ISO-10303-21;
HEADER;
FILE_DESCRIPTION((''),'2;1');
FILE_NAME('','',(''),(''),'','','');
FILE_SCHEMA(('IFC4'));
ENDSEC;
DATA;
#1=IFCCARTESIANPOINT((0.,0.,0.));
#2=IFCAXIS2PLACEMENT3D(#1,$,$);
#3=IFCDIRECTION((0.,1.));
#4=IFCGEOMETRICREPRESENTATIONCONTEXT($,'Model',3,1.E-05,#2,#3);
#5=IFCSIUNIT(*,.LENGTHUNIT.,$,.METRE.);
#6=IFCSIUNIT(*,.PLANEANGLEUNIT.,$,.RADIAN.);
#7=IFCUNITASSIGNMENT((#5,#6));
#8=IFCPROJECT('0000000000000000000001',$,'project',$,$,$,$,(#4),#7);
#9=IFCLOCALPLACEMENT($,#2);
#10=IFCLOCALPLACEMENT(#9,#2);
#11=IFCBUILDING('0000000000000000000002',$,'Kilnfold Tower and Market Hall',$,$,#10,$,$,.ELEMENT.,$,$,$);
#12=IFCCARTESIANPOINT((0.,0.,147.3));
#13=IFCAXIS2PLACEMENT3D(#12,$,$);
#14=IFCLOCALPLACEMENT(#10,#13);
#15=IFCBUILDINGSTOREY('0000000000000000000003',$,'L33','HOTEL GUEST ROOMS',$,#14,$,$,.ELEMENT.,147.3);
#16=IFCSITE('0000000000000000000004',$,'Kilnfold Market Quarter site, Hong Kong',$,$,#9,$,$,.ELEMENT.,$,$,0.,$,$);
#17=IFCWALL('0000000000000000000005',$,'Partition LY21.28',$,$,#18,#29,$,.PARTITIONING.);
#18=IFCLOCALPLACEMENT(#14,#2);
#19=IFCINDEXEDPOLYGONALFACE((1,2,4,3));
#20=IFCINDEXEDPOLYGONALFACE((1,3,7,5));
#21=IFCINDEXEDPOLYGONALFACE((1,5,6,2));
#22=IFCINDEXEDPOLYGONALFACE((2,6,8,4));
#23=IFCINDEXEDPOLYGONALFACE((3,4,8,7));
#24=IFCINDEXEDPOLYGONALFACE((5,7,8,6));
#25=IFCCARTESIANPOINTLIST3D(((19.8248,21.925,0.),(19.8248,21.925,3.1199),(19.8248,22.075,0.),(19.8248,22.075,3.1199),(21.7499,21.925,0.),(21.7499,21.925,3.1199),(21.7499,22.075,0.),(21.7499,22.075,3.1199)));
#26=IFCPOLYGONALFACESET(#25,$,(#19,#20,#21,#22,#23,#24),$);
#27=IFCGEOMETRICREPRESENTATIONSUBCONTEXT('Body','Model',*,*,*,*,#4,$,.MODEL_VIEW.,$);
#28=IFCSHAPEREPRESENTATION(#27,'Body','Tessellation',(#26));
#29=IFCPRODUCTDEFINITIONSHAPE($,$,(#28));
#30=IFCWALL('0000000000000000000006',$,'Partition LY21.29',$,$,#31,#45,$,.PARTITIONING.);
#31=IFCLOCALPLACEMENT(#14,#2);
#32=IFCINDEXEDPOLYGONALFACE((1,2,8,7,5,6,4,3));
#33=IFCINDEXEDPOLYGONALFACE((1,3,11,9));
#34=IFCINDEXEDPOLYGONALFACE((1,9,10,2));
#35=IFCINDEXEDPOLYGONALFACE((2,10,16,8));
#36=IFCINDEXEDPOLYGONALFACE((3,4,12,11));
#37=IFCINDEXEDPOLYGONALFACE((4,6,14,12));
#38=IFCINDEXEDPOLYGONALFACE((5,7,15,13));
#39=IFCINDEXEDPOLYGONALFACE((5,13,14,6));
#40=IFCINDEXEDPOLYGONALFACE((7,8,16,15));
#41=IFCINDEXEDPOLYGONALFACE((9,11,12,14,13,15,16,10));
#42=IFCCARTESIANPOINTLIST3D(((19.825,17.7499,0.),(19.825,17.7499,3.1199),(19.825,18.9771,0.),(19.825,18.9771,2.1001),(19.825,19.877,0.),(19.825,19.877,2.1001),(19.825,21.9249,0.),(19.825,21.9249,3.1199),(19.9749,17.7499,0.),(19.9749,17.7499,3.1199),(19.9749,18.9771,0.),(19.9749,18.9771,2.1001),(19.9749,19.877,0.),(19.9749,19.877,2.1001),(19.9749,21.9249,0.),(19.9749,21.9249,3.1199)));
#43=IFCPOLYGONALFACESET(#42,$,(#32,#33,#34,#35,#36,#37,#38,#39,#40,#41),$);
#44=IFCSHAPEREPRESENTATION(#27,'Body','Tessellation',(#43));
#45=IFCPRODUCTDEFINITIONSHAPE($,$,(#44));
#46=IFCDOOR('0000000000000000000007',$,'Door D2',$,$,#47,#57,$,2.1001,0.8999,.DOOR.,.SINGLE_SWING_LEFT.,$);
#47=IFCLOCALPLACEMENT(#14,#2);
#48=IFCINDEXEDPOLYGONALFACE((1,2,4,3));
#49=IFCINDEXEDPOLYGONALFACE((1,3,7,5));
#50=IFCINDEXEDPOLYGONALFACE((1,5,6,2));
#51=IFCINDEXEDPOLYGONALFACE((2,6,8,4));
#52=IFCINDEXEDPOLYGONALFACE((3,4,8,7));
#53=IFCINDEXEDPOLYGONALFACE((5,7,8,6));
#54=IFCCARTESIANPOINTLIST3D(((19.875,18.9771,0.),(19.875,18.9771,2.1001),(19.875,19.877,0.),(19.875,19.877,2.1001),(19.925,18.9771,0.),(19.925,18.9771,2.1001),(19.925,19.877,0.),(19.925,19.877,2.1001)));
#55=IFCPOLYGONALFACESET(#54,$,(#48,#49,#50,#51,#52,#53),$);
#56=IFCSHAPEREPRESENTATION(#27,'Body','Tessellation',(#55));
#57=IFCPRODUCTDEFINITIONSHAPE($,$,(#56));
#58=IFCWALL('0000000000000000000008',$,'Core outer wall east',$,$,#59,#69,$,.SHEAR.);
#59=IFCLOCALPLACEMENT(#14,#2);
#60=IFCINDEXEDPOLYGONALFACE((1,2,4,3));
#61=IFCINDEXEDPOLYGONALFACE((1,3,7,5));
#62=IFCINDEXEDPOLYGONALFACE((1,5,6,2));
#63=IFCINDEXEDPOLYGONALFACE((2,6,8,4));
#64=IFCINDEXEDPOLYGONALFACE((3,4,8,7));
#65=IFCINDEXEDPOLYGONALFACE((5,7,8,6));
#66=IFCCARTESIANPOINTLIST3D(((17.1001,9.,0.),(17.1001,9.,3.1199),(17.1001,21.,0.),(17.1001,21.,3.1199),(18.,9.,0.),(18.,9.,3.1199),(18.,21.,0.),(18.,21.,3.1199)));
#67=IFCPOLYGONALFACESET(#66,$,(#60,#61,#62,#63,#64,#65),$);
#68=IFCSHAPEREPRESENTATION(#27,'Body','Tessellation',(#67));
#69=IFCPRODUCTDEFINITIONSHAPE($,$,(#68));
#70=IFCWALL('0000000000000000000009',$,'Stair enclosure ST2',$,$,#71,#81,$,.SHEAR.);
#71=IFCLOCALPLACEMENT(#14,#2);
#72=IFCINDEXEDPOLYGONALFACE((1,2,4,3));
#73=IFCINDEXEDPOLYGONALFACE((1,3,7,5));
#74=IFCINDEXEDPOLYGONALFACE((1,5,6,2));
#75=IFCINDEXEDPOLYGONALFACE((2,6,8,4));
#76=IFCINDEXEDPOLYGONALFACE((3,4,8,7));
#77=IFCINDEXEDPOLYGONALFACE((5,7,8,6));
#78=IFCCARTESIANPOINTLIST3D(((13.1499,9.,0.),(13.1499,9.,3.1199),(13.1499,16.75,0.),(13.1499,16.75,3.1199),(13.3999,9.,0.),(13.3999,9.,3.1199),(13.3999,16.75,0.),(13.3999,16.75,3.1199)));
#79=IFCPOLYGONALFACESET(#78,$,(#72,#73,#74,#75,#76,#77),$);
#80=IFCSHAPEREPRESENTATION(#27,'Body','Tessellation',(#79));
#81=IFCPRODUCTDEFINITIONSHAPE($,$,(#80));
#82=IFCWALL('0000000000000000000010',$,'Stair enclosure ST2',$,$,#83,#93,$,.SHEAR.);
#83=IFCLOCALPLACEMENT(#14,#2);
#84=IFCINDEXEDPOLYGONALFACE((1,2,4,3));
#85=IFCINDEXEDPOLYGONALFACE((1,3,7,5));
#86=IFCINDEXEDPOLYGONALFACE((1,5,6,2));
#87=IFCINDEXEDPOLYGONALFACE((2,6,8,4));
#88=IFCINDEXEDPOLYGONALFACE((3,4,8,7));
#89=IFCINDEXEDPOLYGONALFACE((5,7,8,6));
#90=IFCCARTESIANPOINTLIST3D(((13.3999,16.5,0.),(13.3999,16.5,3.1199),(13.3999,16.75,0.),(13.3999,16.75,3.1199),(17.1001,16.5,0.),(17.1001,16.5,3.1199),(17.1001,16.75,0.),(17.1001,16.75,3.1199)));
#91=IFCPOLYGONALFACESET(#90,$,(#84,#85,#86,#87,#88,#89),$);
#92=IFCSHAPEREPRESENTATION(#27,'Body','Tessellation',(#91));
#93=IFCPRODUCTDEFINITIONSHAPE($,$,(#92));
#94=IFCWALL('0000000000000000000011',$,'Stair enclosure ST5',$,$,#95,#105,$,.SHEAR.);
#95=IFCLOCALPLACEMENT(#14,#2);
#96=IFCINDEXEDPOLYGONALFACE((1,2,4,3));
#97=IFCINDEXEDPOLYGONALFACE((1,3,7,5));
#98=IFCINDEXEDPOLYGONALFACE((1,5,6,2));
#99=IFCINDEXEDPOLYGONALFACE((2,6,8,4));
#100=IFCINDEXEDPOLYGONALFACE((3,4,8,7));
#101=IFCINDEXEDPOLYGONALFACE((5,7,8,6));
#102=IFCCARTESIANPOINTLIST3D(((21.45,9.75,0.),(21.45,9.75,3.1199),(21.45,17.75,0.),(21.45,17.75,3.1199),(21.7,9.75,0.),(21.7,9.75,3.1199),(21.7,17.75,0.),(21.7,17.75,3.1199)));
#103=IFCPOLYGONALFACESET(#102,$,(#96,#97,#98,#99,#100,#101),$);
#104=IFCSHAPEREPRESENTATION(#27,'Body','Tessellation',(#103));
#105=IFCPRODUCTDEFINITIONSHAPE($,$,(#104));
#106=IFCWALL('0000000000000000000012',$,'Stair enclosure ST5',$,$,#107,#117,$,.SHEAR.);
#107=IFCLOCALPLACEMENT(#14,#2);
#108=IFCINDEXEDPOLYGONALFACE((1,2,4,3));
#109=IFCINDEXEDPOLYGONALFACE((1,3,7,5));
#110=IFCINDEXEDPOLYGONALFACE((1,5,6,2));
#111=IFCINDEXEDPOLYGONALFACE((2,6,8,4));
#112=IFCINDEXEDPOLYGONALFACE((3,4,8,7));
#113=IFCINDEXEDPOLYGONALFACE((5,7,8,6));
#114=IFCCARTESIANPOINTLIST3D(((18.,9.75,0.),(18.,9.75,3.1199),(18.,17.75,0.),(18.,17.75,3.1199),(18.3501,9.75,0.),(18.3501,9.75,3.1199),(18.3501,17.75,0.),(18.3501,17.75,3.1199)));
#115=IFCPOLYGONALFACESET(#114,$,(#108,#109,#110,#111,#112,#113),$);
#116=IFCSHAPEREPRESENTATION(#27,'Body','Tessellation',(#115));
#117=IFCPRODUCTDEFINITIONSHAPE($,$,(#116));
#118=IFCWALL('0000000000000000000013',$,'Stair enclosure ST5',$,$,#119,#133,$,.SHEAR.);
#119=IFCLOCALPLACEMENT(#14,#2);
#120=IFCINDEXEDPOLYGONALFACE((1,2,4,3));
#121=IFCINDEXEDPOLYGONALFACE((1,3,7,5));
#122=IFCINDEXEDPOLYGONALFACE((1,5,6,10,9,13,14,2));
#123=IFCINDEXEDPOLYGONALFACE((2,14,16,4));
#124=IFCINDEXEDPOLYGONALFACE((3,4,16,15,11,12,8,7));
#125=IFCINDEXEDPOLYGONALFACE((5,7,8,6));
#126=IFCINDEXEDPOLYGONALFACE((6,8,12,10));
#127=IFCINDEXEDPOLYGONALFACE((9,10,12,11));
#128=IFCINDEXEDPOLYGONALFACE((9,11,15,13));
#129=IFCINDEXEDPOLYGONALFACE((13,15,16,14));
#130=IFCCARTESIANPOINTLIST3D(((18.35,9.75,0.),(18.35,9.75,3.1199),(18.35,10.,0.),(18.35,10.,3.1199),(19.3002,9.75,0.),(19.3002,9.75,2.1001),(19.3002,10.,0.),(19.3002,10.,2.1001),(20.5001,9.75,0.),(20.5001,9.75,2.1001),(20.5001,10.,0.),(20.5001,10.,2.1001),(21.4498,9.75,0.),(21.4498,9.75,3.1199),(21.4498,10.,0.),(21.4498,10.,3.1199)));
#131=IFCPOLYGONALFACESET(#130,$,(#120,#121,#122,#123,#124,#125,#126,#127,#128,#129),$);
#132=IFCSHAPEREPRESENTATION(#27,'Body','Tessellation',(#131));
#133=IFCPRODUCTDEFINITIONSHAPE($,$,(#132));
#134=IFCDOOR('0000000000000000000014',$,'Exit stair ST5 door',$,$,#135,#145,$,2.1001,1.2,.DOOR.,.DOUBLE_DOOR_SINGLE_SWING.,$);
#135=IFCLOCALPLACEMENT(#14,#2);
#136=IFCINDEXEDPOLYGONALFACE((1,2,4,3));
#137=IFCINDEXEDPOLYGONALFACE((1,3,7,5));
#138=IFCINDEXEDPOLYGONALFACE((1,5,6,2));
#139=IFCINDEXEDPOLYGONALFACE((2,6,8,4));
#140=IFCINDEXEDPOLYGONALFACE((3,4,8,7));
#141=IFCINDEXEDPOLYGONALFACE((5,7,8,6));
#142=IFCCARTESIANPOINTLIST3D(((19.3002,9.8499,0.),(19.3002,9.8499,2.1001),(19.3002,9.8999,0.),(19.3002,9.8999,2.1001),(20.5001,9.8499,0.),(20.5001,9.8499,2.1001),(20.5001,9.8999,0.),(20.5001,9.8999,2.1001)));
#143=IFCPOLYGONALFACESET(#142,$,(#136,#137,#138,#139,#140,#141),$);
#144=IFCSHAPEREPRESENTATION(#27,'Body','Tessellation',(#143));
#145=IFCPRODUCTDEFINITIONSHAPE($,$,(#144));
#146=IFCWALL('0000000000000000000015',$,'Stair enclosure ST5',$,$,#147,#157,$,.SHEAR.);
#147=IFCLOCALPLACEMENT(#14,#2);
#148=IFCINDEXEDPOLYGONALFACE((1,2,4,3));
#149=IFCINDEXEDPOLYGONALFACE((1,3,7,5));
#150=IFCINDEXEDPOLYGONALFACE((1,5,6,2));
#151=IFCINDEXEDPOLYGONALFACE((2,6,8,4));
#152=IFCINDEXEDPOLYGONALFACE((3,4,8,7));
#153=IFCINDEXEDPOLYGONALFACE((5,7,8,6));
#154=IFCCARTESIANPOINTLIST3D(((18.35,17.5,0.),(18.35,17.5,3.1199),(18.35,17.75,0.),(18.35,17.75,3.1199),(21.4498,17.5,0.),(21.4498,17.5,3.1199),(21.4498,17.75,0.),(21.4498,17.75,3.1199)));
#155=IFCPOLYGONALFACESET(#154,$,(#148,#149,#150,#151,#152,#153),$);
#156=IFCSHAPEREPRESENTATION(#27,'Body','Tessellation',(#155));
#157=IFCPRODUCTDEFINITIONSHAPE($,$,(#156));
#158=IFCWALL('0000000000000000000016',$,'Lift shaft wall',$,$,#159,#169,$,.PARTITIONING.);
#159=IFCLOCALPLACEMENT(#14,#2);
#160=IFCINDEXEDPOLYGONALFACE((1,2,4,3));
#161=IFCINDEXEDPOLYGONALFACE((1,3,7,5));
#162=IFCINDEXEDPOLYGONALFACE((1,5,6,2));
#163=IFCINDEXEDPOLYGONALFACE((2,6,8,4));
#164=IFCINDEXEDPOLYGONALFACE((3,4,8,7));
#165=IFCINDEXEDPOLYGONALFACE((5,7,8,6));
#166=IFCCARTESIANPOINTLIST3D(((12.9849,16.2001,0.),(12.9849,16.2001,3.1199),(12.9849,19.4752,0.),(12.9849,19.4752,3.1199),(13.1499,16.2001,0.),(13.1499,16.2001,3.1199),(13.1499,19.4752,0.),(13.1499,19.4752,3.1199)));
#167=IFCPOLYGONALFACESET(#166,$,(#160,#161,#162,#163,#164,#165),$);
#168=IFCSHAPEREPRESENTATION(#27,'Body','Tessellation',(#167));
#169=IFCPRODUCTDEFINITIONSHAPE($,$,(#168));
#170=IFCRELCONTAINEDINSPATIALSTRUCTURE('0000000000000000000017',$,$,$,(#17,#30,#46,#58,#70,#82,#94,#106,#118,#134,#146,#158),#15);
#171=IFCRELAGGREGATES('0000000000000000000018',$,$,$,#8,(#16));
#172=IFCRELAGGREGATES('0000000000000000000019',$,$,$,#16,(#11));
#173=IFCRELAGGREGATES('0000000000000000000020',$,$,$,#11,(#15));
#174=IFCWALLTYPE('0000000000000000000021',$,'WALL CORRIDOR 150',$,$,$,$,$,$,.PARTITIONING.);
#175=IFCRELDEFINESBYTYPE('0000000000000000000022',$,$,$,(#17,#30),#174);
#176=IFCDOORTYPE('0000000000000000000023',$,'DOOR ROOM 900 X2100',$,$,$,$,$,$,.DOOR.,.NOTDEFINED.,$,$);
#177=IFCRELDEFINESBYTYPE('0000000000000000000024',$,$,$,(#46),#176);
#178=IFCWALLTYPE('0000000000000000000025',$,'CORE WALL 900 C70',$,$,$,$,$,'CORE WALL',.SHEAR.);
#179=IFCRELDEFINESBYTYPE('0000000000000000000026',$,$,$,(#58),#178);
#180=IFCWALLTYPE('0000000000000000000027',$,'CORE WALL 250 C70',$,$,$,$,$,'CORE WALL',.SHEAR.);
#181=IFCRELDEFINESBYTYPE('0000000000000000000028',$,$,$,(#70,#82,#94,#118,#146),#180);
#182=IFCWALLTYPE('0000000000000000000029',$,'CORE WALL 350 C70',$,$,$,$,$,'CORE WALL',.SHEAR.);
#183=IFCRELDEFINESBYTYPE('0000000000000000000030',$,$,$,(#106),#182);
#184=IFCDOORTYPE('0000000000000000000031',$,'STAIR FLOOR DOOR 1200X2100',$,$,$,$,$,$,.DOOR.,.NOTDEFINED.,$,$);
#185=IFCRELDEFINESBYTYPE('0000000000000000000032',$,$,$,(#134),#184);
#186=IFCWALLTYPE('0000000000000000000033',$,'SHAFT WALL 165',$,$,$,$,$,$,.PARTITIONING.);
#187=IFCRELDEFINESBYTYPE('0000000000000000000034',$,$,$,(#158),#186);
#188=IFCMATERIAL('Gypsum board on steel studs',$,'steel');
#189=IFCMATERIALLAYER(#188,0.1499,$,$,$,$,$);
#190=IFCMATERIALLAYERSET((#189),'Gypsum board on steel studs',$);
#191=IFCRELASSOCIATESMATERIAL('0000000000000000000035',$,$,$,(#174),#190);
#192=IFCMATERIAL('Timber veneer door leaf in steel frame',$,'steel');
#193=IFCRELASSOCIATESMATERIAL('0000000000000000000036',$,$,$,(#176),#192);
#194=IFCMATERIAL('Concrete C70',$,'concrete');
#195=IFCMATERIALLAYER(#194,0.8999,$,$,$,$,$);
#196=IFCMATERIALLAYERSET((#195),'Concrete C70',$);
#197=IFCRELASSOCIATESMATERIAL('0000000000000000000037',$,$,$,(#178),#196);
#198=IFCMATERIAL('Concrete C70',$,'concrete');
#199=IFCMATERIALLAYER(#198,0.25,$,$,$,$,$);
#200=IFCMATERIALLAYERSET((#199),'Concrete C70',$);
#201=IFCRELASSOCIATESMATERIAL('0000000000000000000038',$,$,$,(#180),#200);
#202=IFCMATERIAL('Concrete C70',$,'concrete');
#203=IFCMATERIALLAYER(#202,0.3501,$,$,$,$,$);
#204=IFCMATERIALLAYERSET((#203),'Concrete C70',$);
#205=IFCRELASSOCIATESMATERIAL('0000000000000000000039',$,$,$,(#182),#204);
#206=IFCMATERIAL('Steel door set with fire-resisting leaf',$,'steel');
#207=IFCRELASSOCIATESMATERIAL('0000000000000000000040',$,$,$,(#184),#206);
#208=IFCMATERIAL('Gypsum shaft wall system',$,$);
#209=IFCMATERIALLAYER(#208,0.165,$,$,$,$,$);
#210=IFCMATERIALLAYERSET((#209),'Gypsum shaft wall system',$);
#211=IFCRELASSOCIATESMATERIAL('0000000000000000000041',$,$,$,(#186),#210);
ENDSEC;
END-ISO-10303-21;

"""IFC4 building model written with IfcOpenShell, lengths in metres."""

from ifc_helpers import new_model, si_unit, direction, frame, frame_2d, origin, place, context, subcontext, project, spatial, rectangle, extrude, source, transform, mapped, material, layer, layer_set, type_object, element, fill, save


model = new_model("IFC4")

# Units and contexts
model_context = context("Model", 3, precision=1e-05, world=origin(), true_north=direction((0.0, 1.0)))
body_context = subcontext(model_context, "Body", "Model", "MODEL_VIEW")
ifc_project = project(units=[si_unit("LENGTHUNIT", "METRE"), si_unit("PLANEANGLEUNIT", "RADIAN")], contexts=[model_context])

# Site, building, storey
site_placement = place(None, origin())
site = spatial("IfcSite", under=ifc_project, at=site_placement, Name="Kilnfold Market Quarter site, Hong Kong", CompositionType="ELEMENT", RefElevation=0.0)
building_placement = place(site_placement, origin())
building = spatial("IfcBuilding", under=site, at=building_placement, Name="Kilnfold Tower and Market Hall", CompositionType="ELEMENT")
storey_placement = place(building_placement, frame((0.0, 0.0, 147.3)))
storey = spatial("IfcBuildingStorey", under=building, at=storey_placement, Name="L33", Description="HOTEL GUEST ROOMS", CompositionType="ELEMENT", Elevation=147.3)

# Wall
ifc_material_1 = material(Name="Gypsum board on steel studs", Category="steel")
ifc_layer_1 = layer(ifc_material_1, 0.1499)
ifc_layer_set_1 = layer_set([ifc_layer_1], Name="Gypsum board on steel studs")
wall_type_1 = type_object("IfcWallType", Name="WALL CORRIDOR 150", PredefinedType="PARTITIONING", material=ifc_layer_set_1)
wall_1_placement = place(storey_placement, frame((19.825, 22.0, 0.0), z_axis=(0.0, 0.0, 1.0), x_axis=(1.0, 0.0, 0.0)))
element("IfcWall", 1, at=wall_1_placement, inside=storey, type_object=wall_type_1, Name="Partition LY21.28", PredefinedType="PARTITIONING", context=body_context, shape_type="SweptSolid", body=[
    extrude(rectangle(XDim=1.925, YDim=0.1499, at=frame_2d((0.9624, 0.0))), origin(), (0.0, 0.0, 1.0), 3.1199),
])

# Wall, opening, door
wall_2_placement = place(storey_placement, frame((19.8999, 17.75, 0.0), z_axis=(0.0, 0.0, 1.0), x_axis=(0.0, 1.0, 0.0)))
wall_2 = element("IfcWall", 2, at=wall_2_placement, inside=storey, type_object=wall_type_1, Name="Partition LY21.29", PredefinedType="PARTITIONING", context=body_context, shape_type="SweptSolid", body=[
    extrude(rectangle(XDim=4.175, YDim=0.1499, at=frame_2d((2.0874, 0.0))), origin(), (0.0, 0.0, 1.0), 3.1199),
])
opening_1_placement = place(wall_2_placement, frame((1.2271, 0.0, 0.0)))
opening_1 = element("IfcOpeningElement", 3, at=opening_1_placement, cuts=wall_2, PredefinedType="OPENING", context=body_context, shape_type="SweptSolid", body=[
    extrude(rectangle(XDim=0.8999, YDim=2.1001, at=frame_2d((0.45, 1.05))), frame((0.0, 0.085, 0.0), z_axis=(0.0, -1.0, 0.0), x_axis=(1.0, 0.0, 0.0)), (0.0, 0.0, 1.0), 0.1699),
])
ifc_material_2 = material(Name="Timber veneer door leaf in steel frame", Category="steel")
door_type_1 = type_object("IfcDoorType", Name="DOOR ROOM 900 X2100", OperationType="NOTDEFINED", PredefinedType="DOOR", material=ifc_material_2)
door_1_placement = place(opening_1_placement, origin())
door_1 = element("IfcDoor", 4, at=door_1_placement, inside=storey, type_object=door_type_1, Name="Door D2", OperationType="SINGLE_SWING_LEFT", OverallHeight=2.1001, OverallWidth=0.8999, PredefinedType="DOOR", context=body_context, shape_type="SweptSolid", body=[
    extrude(rectangle(XDim=0.8999, YDim=2.1001, at=frame_2d((0.45, 1.05))), frame((0.0, 0.0249, 0.0), z_axis=(0.0, -1.0, 0.0), x_axis=(1.0, 0.0, 0.0)), (0.0, 0.0, 1.0), 0.05),
])
fill(opening_1, door_1)

# Walls
ifc_material_3 = material(Name="Concrete C70", Category="concrete")
ifc_layer_2 = layer(ifc_material_3, 0.8999)
ifc_layer_set_2 = layer_set([ifc_layer_2], Name="Concrete C70")
wall_type_2 = type_object("IfcWallType", Name="CORE WALL 900 C70", ElementType="CORE WALL", PredefinedType="SHEAR", material=ifc_layer_set_2)
shared_shape_1 = source(origin(), body_context, "Body", "SweptSolid", [
    extrude(rectangle(XDim=12.0, YDim=0.8999, at=frame_2d((6.0, 0.0))), origin(), (0.0, 0.0, 1.0), 3.1199),
])
wall_3_placement = place(storey_placement, frame((17.55, 9.0, 0.0), z_axis=(0.0, 0.0, 1.0), x_axis=(0.0, 1.0, 0.0)))
element("IfcWall", 5, at=wall_3_placement, inside=storey, type_object=wall_type_2, Name="Core outer wall east", PredefinedType="SHEAR", context=body_context, shape_type="MappedRepresentation", body=[
    mapped(shared_shape_1, transform((0.0, 0.0, 0.0))),
])
ifc_material_4 = material(Name="Concrete C70", Category="concrete")
ifc_layer_3 = layer(ifc_material_4, 0.25)
ifc_layer_set_3 = layer_set([ifc_layer_3], Name="Concrete C70")
wall_type_3 = type_object("IfcWallType", Name="CORE WALL 250 C70", ElementType="CORE WALL", PredefinedType="SHEAR", material=ifc_layer_set_3)
shared_shape_2 = source(origin(), body_context, "Body", "SweptSolid", [
    extrude(rectangle(XDim=7.75, YDim=0.25, at=frame_2d((3.875, 0.0))), origin(), (0.0, 0.0, 1.0), 3.1199),
])
wall_4_placement = place(storey_placement, frame((13.2749, 9.0, 0.0), z_axis=(0.0, 0.0, 1.0), x_axis=(0.0, 1.0, 0.0)))
element("IfcWall", 6, at=wall_4_placement, inside=storey, type_object=wall_type_3, Name="Stair enclosure ST2", PredefinedType="SHEAR", context=body_context, shape_type="MappedRepresentation", body=[
    mapped(shared_shape_2, transform((0.0, 0.0, 0.0))),
])
shared_shape_3 = source(origin(), body_context, "Body", "SweptSolid", [
    extrude(rectangle(XDim=3.7002, YDim=0.25, at=frame_2d((1.8501, 0.0))), origin(), (0.0, 0.0, 1.0), 3.1199),
])
wall_5_placement = place(storey_placement, frame((13.3999, 16.625, 0.0), z_axis=(0.0, 0.0, 1.0), x_axis=(1.0, 0.0, 0.0)))
element("IfcWall", 7, at=wall_5_placement, inside=storey, type_object=wall_type_3, Name="Stair enclosure ST2", PredefinedType="SHEAR", context=body_context, shape_type="MappedRepresentation", body=[
    mapped(shared_shape_3, transform((0.0, 0.0, 0.0))),
])
shared_shape_4 = source(origin(), body_context, "Body", "SweptSolid", [
    extrude(rectangle(XDim=8.0, YDim=0.25, at=frame_2d((4.0, 0.0))), origin(), (0.0, 0.0, 1.0), 3.1199),
])
wall_6_placement = place(storey_placement, frame((21.575, 9.75, 0.0), z_axis=(0.0, 0.0, 1.0), x_axis=(0.0, 1.0, 0.0)))
element("IfcWall", 8, at=wall_6_placement, inside=storey, type_object=wall_type_3, Name="Stair enclosure ST5", PredefinedType="SHEAR", context=body_context, shape_type="MappedRepresentation", body=[
    mapped(shared_shape_4, transform((0.0, 0.0, 0.0))),
])
ifc_material_5 = material(Name="Concrete C70", Category="concrete")
ifc_layer_4 = layer(ifc_material_5, 0.3501)
ifc_layer_set_4 = layer_set([ifc_layer_4], Name="Concrete C70")
wall_type_4 = type_object("IfcWallType", Name="CORE WALL 350 C70", ElementType="CORE WALL", PredefinedType="SHEAR", material=ifc_layer_set_4)
shared_shape_5 = source(origin(), body_context, "Body", "SweptSolid", [
    extrude(rectangle(XDim=8.0, YDim=0.3501, at=frame_2d((4.0, 0.0))), origin(), (0.0, 0.0, 1.0), 3.1199),
])
wall_7_placement = place(storey_placement, frame((18.175, 9.75, 0.0), z_axis=(0.0, 0.0, 1.0), x_axis=(0.0, 1.0, 0.0)))
element("IfcWall", 9, at=wall_7_placement, inside=storey, type_object=wall_type_4, Name="Stair enclosure ST5", PredefinedType="SHEAR", context=body_context, shape_type="MappedRepresentation", body=[
    mapped(shared_shape_5, transform((0.0, 0.0, 0.0))),
])

# Wall, opening, door
shared_shape_6 = source(origin(), body_context, "Body", "SweptSolid", [
    extrude(rectangle(XDim=3.0999, YDim=0.25, at=frame_2d((1.5498, 0.0))), origin(), (0.0, 0.0, 1.0), 3.1199),
])
wall_8_placement = place(storey_placement, frame((18.3501, 9.875, 0.0), z_axis=(0.0, 0.0, 1.0), x_axis=(1.0, 0.0, 0.0)))
wall_8 = element("IfcWall", 10, at=wall_8_placement, inside=storey, type_object=wall_type_3, Name="Stair enclosure ST5", PredefinedType="SHEAR", context=body_context, shape_type="MappedRepresentation", body=[
    mapped(shared_shape_6, transform((0.0, 0.0, 0.0))),
])
opening_2_placement = place(wall_8_placement, frame((0.95, 0.0, 0.0)))
opening_2 = element("IfcOpeningElement", 11, at=opening_2_placement, cuts=wall_8, PredefinedType="OPENING", context=body_context, shape_type="SweptSolid", body=[
    extrude(rectangle(XDim=1.2, YDim=2.1001, at=frame_2d((0.6001, 1.05))), frame((0.0, 0.135, 0.0), z_axis=(0.0, -1.0, 0.0), x_axis=(1.0, 0.0, 0.0)), (0.0, 0.0, 1.0), 0.27),
])
ifc_material_6 = material(Name="Steel door set with fire-resisting leaf", Category="steel")
door_type_2 = type_object("IfcDoorType", Name="STAIR FLOOR DOOR 1200X2100", OperationType="NOTDEFINED", PredefinedType="DOOR", material=ifc_material_6)
door_2_placement = place(opening_2_placement, origin())
door_2 = element("IfcDoor", 12, at=door_2_placement, inside=storey, type_object=door_type_2, Name="Exit stair ST5 door", OperationType="DOUBLE_DOOR_SINGLE_SWING", OverallHeight=2.1001, OverallWidth=1.2, PredefinedType="DOOR", context=body_context, shape_type="SweptSolid", body=[
    extrude(rectangle(XDim=1.2, YDim=2.1001, at=frame_2d((0.6001, 1.05))), frame((0.0, 0.0249, 0.0), z_axis=(0.0, -1.0, 0.0), x_axis=(1.0, 0.0, 0.0)), (0.0, 0.0, 1.0), 0.05),
])
fill(opening_2, door_2)

# Walls
wall_9_placement = place(storey_placement, frame((18.3501, 17.625, 0.0), z_axis=(0.0, 0.0, 1.0), x_axis=(1.0, 0.0, 0.0)))
element("IfcWall", 13, at=wall_9_placement, inside=storey, type_object=wall_type_3, Name="Stair enclosure ST5", PredefinedType="SHEAR", context=body_context, shape_type="MappedRepresentation", body=[
    mapped(shared_shape_6, transform((0.0, 0.0, 0.0))),
])
ifc_material_7 = material(Name="Gypsum shaft wall system")
ifc_layer_5 = layer(ifc_material_7, 0.165)
ifc_layer_set_5 = layer_set([ifc_layer_5], Name="Gypsum shaft wall system")
wall_type_5 = type_object("IfcWallType", Name="SHAFT WALL 165", PredefinedType="PARTITIONING", material=ifc_layer_set_5)
shared_shape_7 = source(origin(), body_context, "Body", "SweptSolid", [
    extrude(rectangle(XDim=3.2751, YDim=0.165, at=frame_2d((1.6377, 0.0))), origin(), (0.0, 0.0, 1.0), 3.1199),
])
wall_10_placement = place(storey_placement, frame((13.0674, 16.2, 0.0), z_axis=(0.0, 0.0, 1.0), x_axis=(0.0, 1.0, 0.0)))
element("IfcWall", 14, at=wall_10_placement, inside=storey, type_object=wall_type_5, Name="Lift shaft wall", PredefinedType="PARTITIONING", context=body_context, shape_type="MappedRepresentation", body=[
    mapped(shared_shape_7, transform((0.0, 0.0, 0.0))),
])

save(model, "model.ifc")
